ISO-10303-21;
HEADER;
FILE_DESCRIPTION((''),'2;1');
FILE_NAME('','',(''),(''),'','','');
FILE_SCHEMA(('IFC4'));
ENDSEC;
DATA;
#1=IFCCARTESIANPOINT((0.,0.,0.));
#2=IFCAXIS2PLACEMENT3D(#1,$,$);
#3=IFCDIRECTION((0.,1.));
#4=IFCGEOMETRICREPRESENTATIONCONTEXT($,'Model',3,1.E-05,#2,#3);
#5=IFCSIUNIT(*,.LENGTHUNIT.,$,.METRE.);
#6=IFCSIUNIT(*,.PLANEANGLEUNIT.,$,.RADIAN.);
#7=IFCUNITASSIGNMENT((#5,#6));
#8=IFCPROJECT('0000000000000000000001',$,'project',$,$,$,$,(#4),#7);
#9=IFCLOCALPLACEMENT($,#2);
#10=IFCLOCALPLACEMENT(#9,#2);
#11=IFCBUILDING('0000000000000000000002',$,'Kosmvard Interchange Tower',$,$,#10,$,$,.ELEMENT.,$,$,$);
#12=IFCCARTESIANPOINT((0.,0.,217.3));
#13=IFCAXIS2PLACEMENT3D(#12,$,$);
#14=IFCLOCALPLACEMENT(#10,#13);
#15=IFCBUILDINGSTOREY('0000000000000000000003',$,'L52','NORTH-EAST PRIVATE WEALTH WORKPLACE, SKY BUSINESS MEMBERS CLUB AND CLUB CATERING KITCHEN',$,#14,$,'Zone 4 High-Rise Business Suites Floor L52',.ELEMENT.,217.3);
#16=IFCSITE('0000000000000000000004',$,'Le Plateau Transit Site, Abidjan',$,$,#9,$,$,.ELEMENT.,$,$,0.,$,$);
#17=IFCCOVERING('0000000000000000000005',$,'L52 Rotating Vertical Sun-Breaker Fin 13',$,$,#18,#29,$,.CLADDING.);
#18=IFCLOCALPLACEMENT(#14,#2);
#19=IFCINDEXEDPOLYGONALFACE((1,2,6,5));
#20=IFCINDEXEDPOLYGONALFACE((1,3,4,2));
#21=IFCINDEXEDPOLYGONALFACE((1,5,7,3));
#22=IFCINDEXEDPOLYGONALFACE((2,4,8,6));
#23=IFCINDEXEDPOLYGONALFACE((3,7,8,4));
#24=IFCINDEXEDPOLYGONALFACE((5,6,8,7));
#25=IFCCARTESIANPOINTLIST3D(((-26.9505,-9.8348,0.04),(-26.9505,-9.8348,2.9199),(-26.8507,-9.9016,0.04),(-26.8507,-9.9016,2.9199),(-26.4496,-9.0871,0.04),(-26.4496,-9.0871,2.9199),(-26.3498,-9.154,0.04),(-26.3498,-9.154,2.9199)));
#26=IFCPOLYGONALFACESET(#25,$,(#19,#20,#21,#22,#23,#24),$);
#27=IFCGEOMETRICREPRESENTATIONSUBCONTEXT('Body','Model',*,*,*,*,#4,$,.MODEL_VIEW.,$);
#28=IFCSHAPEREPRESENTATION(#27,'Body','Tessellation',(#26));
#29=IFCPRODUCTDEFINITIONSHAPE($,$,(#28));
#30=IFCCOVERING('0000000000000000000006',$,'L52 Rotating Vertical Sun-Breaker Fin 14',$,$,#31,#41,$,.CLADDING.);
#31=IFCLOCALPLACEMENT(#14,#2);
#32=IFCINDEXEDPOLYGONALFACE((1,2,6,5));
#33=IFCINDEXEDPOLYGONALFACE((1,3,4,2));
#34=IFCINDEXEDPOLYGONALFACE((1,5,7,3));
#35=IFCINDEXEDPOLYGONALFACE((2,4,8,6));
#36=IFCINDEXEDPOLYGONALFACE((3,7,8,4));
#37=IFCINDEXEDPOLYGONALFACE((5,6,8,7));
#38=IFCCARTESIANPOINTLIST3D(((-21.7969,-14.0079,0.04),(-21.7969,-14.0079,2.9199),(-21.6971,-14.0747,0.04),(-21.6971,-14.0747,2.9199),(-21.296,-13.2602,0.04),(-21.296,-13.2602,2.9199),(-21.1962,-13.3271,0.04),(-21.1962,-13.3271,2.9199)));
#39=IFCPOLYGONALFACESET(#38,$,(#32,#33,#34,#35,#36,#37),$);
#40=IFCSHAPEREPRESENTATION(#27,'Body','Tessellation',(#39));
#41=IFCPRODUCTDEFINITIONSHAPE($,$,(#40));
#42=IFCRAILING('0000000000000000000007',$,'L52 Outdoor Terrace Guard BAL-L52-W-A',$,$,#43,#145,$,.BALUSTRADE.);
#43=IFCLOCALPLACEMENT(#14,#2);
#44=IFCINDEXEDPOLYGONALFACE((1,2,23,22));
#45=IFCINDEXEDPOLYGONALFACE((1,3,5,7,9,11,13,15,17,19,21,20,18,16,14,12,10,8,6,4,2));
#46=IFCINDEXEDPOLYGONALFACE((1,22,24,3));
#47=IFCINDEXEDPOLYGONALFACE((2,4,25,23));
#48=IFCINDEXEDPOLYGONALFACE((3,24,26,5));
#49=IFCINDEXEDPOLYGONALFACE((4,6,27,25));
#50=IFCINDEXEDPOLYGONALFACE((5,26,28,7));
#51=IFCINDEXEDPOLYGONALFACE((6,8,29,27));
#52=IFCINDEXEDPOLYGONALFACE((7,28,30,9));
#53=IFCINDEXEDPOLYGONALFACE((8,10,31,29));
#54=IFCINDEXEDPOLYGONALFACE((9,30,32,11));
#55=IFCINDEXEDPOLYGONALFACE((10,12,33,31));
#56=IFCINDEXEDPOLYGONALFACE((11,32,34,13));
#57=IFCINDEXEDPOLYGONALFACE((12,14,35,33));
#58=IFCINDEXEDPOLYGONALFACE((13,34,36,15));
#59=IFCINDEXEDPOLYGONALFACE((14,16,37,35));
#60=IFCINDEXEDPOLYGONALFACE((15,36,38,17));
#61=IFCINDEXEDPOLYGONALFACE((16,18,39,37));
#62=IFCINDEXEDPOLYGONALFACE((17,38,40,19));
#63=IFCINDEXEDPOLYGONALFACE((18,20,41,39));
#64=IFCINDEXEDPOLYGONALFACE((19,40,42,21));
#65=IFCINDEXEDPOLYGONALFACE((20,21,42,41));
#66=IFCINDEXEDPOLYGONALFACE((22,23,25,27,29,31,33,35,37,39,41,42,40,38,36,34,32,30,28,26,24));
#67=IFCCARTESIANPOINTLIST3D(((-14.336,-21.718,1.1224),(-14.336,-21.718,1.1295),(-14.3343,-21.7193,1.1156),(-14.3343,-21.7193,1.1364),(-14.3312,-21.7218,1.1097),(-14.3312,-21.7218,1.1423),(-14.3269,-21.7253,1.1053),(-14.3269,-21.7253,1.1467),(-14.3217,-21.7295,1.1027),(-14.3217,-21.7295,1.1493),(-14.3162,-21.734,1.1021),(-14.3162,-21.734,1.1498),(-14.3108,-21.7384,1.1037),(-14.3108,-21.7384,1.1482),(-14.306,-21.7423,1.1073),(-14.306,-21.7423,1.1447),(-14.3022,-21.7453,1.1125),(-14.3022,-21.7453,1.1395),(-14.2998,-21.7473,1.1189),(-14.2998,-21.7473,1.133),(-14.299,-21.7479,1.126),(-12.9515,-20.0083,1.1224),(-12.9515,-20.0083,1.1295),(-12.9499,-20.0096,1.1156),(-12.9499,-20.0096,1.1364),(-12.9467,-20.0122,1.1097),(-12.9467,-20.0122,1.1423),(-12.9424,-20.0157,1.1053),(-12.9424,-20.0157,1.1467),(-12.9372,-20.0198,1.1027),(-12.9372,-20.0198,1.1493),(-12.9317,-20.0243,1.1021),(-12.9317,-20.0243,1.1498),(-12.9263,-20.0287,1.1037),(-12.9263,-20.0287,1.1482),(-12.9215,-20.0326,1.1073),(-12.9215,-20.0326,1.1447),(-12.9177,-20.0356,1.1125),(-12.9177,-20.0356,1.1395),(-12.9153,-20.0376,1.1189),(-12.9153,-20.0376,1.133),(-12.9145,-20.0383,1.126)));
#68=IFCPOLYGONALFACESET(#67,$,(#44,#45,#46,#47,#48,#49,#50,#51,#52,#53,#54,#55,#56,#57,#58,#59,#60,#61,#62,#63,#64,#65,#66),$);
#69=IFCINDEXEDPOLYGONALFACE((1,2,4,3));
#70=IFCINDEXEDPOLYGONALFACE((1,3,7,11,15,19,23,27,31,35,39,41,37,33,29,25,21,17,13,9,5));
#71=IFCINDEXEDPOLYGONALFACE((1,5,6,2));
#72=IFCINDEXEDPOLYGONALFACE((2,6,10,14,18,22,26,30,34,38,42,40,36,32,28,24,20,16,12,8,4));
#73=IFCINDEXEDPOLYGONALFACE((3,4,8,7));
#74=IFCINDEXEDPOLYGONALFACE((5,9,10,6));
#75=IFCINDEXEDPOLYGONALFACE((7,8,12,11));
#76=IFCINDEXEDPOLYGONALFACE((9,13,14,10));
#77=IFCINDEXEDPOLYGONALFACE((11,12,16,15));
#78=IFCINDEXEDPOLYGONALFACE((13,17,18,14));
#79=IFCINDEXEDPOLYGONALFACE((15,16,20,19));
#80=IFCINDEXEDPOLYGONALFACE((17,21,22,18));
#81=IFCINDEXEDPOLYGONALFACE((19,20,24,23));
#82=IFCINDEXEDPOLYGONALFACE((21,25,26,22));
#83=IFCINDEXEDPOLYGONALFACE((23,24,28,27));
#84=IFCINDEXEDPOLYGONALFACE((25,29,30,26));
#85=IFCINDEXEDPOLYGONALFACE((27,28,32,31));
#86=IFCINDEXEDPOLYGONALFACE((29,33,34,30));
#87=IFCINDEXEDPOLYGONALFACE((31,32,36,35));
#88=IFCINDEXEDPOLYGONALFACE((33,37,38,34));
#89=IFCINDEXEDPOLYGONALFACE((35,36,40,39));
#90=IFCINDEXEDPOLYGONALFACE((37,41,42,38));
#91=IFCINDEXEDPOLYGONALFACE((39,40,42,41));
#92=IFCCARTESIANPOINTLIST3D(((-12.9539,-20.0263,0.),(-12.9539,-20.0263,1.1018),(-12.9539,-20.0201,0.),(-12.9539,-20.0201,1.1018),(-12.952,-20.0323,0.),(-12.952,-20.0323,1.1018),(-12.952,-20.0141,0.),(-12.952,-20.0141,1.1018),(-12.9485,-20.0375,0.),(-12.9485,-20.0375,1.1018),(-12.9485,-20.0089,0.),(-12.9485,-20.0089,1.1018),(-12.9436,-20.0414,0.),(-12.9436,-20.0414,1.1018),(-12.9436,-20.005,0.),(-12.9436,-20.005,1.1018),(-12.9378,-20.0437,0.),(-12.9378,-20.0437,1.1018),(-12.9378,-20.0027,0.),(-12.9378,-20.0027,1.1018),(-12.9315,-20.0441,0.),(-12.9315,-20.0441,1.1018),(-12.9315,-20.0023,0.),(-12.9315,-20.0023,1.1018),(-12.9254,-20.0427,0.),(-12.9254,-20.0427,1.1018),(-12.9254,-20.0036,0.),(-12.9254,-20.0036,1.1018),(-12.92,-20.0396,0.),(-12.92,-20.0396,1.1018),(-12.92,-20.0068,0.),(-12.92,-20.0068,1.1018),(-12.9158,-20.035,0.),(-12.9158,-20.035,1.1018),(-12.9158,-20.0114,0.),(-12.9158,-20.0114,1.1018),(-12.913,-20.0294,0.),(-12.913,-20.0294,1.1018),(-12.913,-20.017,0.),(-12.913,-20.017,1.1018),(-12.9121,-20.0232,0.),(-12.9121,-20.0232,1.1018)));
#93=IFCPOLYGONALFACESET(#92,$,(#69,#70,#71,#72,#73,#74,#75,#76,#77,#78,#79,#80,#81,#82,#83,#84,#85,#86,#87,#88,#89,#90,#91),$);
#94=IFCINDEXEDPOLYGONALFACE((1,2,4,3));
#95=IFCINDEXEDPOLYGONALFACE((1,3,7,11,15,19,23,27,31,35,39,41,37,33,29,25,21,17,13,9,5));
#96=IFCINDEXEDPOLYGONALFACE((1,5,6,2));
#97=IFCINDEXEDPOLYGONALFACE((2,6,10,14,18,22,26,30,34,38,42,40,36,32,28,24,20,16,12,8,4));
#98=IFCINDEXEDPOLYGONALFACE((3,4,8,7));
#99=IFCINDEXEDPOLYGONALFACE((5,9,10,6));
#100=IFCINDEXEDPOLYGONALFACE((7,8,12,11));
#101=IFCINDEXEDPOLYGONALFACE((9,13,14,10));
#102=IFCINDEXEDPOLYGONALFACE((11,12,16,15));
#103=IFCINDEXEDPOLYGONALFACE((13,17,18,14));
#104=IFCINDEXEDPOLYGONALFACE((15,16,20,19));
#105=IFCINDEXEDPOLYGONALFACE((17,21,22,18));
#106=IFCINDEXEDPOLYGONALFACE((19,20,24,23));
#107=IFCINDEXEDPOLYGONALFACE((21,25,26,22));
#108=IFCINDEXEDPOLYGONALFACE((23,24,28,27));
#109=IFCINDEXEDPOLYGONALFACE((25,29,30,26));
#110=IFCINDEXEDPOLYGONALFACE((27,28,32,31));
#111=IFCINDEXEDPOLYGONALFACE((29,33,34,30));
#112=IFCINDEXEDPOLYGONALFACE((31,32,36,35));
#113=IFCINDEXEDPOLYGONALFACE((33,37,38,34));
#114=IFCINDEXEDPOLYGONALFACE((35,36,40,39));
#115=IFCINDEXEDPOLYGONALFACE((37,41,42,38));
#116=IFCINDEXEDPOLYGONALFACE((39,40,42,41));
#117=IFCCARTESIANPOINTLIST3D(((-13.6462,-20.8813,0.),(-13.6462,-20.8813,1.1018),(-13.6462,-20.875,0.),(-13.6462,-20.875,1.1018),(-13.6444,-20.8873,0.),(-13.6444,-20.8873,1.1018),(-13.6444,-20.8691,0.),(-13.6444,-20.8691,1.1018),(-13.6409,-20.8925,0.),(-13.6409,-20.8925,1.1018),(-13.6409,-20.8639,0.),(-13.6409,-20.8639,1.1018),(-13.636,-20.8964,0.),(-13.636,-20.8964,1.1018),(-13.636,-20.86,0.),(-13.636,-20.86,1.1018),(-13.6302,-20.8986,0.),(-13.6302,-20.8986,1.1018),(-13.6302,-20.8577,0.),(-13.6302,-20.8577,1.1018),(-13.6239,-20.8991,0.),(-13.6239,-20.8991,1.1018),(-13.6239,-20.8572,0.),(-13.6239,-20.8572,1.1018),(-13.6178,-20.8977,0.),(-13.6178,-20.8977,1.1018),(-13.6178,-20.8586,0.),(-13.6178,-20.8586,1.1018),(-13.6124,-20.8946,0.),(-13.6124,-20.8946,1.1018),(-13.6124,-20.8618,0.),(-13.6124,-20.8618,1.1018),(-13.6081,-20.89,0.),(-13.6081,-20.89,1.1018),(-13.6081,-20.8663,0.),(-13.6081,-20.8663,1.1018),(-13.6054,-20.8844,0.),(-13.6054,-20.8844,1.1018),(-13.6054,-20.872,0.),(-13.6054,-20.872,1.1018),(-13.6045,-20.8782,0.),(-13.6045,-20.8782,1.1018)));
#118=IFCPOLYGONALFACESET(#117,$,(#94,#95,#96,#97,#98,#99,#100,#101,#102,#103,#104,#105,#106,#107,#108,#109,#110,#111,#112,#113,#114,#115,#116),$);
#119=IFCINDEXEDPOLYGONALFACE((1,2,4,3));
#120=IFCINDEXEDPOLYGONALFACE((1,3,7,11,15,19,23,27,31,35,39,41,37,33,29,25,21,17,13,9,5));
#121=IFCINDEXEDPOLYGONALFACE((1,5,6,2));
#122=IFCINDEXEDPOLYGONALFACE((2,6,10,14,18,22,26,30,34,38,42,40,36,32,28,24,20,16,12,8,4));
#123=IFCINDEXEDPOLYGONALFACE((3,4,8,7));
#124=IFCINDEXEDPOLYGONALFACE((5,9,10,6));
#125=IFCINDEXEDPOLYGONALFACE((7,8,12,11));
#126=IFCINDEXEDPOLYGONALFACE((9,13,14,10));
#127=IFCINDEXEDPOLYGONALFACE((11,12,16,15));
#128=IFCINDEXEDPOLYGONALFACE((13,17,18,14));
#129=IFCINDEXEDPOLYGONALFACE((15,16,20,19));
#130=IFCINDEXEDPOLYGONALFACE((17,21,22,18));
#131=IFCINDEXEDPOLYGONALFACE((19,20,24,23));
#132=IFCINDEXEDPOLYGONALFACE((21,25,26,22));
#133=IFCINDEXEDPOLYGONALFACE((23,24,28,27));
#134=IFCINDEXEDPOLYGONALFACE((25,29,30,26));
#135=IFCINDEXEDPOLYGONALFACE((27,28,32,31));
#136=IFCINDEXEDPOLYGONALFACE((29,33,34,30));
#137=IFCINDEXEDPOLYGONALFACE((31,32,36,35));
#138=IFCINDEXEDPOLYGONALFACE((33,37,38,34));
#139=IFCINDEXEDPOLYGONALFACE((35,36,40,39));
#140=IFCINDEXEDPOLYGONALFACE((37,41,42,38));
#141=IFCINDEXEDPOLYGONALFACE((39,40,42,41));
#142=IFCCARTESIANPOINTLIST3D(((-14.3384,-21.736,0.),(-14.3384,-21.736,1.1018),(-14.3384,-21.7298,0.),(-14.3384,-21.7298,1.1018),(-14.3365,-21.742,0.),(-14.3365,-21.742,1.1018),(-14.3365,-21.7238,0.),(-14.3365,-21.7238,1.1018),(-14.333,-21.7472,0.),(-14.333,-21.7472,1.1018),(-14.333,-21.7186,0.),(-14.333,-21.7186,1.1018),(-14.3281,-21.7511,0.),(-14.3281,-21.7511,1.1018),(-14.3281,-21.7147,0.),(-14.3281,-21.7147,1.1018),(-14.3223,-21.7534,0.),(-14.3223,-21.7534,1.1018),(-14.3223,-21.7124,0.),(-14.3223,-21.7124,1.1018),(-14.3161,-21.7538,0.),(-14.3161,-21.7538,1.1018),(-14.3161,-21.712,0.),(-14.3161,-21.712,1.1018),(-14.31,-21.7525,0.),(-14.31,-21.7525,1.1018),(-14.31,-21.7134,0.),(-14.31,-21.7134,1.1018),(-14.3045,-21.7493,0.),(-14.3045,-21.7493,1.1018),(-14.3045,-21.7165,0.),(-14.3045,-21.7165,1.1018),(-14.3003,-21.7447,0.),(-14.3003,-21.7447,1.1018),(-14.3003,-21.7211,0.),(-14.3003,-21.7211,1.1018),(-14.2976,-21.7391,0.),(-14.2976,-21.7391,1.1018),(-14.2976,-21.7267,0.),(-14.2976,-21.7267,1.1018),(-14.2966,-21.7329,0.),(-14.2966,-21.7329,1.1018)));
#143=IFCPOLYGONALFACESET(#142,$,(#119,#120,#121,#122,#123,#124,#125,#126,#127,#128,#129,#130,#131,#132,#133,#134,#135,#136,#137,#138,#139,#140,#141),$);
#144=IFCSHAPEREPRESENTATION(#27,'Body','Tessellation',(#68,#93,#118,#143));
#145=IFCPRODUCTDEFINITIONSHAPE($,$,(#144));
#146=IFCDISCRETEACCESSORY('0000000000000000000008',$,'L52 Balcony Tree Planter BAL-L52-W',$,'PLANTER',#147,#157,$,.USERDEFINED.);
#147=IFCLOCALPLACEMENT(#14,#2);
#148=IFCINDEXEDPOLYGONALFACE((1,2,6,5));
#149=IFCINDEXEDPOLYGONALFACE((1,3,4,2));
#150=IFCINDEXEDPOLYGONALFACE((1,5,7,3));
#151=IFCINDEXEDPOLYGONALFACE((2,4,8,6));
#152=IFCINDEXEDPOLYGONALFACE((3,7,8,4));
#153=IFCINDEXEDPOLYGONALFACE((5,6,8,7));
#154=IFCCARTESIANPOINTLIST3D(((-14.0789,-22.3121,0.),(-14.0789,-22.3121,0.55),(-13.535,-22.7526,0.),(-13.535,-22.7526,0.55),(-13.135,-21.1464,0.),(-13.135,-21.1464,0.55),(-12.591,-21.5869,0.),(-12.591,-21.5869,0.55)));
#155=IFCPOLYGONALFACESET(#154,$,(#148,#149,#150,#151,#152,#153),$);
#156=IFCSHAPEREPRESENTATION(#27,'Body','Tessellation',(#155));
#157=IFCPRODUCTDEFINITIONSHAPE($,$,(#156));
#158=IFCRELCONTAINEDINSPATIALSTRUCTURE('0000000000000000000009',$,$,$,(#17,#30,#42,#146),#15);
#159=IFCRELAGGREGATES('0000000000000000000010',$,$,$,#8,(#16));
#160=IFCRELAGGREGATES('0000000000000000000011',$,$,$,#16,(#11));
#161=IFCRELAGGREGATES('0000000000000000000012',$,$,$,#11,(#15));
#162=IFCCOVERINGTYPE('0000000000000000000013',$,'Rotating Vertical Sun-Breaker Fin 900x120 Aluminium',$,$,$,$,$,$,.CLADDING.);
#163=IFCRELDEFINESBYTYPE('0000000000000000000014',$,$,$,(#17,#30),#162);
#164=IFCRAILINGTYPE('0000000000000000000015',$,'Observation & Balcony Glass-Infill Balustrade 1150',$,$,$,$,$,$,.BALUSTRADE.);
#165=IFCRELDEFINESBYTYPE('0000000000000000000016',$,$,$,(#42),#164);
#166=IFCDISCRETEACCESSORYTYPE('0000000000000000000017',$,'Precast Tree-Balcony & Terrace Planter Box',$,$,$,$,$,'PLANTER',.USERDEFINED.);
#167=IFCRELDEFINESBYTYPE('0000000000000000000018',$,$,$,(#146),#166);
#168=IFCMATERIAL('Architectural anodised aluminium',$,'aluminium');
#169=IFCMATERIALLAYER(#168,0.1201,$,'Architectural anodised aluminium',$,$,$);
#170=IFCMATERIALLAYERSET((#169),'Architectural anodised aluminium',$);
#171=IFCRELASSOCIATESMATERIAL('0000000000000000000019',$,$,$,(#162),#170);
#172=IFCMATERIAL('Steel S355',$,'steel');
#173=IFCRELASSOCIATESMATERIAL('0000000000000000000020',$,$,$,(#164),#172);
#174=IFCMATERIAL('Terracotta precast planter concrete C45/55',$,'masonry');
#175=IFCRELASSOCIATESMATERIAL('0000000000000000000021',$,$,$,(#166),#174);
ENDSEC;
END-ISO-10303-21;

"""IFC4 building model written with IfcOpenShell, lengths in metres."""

from ifc_helpers import new_model, si_unit, direction, frame, origin, origin_2d, place, context, subcontext, project, spatial, rectangle, circle, extrude, source, transform, mapped, material, layer, layer_set, type_object, element, save


model = new_model("IFC4")

# Units and contexts
model_context = context("Model", 3, precision=1e-05, world=origin(), true_north=direction((0.0, 1.0)))
body_context = subcontext(model_context, "Body", "Model", "MODEL_VIEW")
ifc_project = project(units=[si_unit("LENGTHUNIT", "METRE"), si_unit("PLANEANGLEUNIT", "RADIAN")], contexts=[model_context])

# Site, building, storey
site_placement = place(None, origin())
site = spatial("IfcSite", under=ifc_project, at=site_placement, Name="Le Plateau Transit Site, Abidjan", CompositionType="ELEMENT", RefElevation=0.0)
building_placement = place(site_placement, origin())
building = spatial("IfcBuilding", under=site, at=building_placement, Name="Kosmvard Interchange Tower", CompositionType="ELEMENT")
storey_placement = place(building_placement, frame((0.0, 0.0, 217.3)))
storey = spatial("IfcBuildingStorey", under=building, at=storey_placement, Name="L52", Description="NORTH-EAST PRIVATE WEALTH WORKPLACE, SKY BUSINESS MEMBERS CLUB AND CLUB CATERING KITCHEN", LongName="Zone 4 High-Rise Business Suites Floor L52", CompositionType="ELEMENT", Elevation=217.3)

# Shared definitions
ifc_material_1 = material(Name="Steel S355", Category="steel")

# Coverings
ifc_material_2 = material(Name="Architectural anodised aluminium", Category="aluminium")
ifc_layer_1 = layer(ifc_material_2, 0.1201, Name="Architectural anodised aluminium")
ifc_layer_set_1 = layer_set([ifc_layer_1], Name="Architectural anodised aluminium")
covering_type = type_object("IfcCoveringType", Name="Rotating Vertical Sun-Breaker Fin 900x120 Aluminium", PredefinedType="CLADDING", material=ifc_layer_set_1)
shared_shape_1 = source(origin(), body_context, "Body", "SweptSolid", [
    extrude(rectangle(XDim=0.8999, YDim=0.1201, at=origin_2d()), origin(), (0.0, 0.0, 1.0), 2.8799),
])
for number, where, z_axis, x_axis, name in (
    (1, (-26.6501, -9.4944, 0.04), (0.0, 0.0, 1.0), (-0.556586, -0.83079, 0.0), "L52 Rotating Vertical Sun-Breaker Fin 13"),
    (2, (-21.4966, -13.6675, 0.04), (0.0, 0.0, 1.0), (-0.556586, -0.83079, 0.0), "L52 Rotating Vertical Sun-Breaker Fin 14"),
):
    element("IfcCovering", number, at=place(storey_placement, frame(where, z_axis=z_axis, x_axis=x_axis)), inside=storey, type_object=covering_type, Name=name, PredefinedType="CLADDING", context=body_context, shape_type="MappedRepresentation", body=[
        mapped(shared_shape_1, transform((0.0, 0.0, 0.0), scale=1.0)),
    ])

# Railing
railing_type = type_object("IfcRailingType", Name="Observation & Balcony Glass-Infill Balustrade 1150", PredefinedType="BALUSTRADE", material=ifc_material_1)
shared_shape_2 = source(origin(), body_context, "Body", "SweptSolid", [
    extrude(circle(Radius=0.0239, at=origin_2d()), frame((0.0, 0.0, 1.126), z_axis=(-0.629326, -0.777141, 0.0), x_axis=(0.777141, -0.629326, 0.0)), (0.0, 0.0, 1.0), 2.2),
    extrude(circle(Radius=0.021, at=origin_2d()), origin(), (0.0, 0.0, 1.0), 1.1018),
    extrude(circle(Radius=0.021, at=origin_2d()), frame((-0.6924, -0.855, 0.0)), (0.0, 0.0, 1.0), 1.1018),
    extrude(circle(Radius=0.021, at=origin_2d()), frame((-1.3845, -1.7097, 0.0)), (0.0, 0.0, 1.0), 1.1018),
])
railing_1_placement = place(storey_placement, frame((-12.9331, -20.0232, 0.0)))
element("IfcRailing", 3, at=railing_1_placement, inside=storey, type_object=railing_type, Name="L52 Outdoor Terrace Guard BAL-L52-W-A", PredefinedType="BALUSTRADE", context=body_context, shape_type="MappedRepresentation", body=[
    mapped(shared_shape_2, transform((0.0, 0.0, 0.0), scale=1.0)),
])

# Discrete accessory
ifc_material_3 = material(Name="Terracotta precast planter concrete C45/55", Category="masonry")
discrete_accessory_type = type_object("IfcDiscreteAccessoryType", Name="Precast Tree-Balcony & Terrace Planter Box", ElementType="PLANTER", PredefinedType="USERDEFINED", material=ifc_material_3)
shared_shape_3 = source(origin(), body_context, "Body", "SweptSolid", [
    extrude(rectangle(XDim=1.5, YDim=0.7, at=origin_2d()), origin(), (0.0, 0.0, 1.0), 0.55),
])
discrete_accessory_placement = place(storey_placement, frame((-13.335, -21.9495, 0.0), z_axis=(0.0, 0.0, 1.0), x_axis=(0.62932, 0.777146, 0.0)))
element("IfcDiscreteAccessory", 4, at=discrete_accessory_placement, inside=storey, type_object=discrete_accessory_type, Name="L52 Balcony Tree Planter BAL-L52-W", ObjectType="PLANTER", PredefinedType="USERDEFINED", context=body_context, shape_type="MappedRepresentation", body=[
    mapped(shared_shape_3, transform((0.0, 0.0, 0.0), scale=1.0)),
])

save(model, "model.ifc")
